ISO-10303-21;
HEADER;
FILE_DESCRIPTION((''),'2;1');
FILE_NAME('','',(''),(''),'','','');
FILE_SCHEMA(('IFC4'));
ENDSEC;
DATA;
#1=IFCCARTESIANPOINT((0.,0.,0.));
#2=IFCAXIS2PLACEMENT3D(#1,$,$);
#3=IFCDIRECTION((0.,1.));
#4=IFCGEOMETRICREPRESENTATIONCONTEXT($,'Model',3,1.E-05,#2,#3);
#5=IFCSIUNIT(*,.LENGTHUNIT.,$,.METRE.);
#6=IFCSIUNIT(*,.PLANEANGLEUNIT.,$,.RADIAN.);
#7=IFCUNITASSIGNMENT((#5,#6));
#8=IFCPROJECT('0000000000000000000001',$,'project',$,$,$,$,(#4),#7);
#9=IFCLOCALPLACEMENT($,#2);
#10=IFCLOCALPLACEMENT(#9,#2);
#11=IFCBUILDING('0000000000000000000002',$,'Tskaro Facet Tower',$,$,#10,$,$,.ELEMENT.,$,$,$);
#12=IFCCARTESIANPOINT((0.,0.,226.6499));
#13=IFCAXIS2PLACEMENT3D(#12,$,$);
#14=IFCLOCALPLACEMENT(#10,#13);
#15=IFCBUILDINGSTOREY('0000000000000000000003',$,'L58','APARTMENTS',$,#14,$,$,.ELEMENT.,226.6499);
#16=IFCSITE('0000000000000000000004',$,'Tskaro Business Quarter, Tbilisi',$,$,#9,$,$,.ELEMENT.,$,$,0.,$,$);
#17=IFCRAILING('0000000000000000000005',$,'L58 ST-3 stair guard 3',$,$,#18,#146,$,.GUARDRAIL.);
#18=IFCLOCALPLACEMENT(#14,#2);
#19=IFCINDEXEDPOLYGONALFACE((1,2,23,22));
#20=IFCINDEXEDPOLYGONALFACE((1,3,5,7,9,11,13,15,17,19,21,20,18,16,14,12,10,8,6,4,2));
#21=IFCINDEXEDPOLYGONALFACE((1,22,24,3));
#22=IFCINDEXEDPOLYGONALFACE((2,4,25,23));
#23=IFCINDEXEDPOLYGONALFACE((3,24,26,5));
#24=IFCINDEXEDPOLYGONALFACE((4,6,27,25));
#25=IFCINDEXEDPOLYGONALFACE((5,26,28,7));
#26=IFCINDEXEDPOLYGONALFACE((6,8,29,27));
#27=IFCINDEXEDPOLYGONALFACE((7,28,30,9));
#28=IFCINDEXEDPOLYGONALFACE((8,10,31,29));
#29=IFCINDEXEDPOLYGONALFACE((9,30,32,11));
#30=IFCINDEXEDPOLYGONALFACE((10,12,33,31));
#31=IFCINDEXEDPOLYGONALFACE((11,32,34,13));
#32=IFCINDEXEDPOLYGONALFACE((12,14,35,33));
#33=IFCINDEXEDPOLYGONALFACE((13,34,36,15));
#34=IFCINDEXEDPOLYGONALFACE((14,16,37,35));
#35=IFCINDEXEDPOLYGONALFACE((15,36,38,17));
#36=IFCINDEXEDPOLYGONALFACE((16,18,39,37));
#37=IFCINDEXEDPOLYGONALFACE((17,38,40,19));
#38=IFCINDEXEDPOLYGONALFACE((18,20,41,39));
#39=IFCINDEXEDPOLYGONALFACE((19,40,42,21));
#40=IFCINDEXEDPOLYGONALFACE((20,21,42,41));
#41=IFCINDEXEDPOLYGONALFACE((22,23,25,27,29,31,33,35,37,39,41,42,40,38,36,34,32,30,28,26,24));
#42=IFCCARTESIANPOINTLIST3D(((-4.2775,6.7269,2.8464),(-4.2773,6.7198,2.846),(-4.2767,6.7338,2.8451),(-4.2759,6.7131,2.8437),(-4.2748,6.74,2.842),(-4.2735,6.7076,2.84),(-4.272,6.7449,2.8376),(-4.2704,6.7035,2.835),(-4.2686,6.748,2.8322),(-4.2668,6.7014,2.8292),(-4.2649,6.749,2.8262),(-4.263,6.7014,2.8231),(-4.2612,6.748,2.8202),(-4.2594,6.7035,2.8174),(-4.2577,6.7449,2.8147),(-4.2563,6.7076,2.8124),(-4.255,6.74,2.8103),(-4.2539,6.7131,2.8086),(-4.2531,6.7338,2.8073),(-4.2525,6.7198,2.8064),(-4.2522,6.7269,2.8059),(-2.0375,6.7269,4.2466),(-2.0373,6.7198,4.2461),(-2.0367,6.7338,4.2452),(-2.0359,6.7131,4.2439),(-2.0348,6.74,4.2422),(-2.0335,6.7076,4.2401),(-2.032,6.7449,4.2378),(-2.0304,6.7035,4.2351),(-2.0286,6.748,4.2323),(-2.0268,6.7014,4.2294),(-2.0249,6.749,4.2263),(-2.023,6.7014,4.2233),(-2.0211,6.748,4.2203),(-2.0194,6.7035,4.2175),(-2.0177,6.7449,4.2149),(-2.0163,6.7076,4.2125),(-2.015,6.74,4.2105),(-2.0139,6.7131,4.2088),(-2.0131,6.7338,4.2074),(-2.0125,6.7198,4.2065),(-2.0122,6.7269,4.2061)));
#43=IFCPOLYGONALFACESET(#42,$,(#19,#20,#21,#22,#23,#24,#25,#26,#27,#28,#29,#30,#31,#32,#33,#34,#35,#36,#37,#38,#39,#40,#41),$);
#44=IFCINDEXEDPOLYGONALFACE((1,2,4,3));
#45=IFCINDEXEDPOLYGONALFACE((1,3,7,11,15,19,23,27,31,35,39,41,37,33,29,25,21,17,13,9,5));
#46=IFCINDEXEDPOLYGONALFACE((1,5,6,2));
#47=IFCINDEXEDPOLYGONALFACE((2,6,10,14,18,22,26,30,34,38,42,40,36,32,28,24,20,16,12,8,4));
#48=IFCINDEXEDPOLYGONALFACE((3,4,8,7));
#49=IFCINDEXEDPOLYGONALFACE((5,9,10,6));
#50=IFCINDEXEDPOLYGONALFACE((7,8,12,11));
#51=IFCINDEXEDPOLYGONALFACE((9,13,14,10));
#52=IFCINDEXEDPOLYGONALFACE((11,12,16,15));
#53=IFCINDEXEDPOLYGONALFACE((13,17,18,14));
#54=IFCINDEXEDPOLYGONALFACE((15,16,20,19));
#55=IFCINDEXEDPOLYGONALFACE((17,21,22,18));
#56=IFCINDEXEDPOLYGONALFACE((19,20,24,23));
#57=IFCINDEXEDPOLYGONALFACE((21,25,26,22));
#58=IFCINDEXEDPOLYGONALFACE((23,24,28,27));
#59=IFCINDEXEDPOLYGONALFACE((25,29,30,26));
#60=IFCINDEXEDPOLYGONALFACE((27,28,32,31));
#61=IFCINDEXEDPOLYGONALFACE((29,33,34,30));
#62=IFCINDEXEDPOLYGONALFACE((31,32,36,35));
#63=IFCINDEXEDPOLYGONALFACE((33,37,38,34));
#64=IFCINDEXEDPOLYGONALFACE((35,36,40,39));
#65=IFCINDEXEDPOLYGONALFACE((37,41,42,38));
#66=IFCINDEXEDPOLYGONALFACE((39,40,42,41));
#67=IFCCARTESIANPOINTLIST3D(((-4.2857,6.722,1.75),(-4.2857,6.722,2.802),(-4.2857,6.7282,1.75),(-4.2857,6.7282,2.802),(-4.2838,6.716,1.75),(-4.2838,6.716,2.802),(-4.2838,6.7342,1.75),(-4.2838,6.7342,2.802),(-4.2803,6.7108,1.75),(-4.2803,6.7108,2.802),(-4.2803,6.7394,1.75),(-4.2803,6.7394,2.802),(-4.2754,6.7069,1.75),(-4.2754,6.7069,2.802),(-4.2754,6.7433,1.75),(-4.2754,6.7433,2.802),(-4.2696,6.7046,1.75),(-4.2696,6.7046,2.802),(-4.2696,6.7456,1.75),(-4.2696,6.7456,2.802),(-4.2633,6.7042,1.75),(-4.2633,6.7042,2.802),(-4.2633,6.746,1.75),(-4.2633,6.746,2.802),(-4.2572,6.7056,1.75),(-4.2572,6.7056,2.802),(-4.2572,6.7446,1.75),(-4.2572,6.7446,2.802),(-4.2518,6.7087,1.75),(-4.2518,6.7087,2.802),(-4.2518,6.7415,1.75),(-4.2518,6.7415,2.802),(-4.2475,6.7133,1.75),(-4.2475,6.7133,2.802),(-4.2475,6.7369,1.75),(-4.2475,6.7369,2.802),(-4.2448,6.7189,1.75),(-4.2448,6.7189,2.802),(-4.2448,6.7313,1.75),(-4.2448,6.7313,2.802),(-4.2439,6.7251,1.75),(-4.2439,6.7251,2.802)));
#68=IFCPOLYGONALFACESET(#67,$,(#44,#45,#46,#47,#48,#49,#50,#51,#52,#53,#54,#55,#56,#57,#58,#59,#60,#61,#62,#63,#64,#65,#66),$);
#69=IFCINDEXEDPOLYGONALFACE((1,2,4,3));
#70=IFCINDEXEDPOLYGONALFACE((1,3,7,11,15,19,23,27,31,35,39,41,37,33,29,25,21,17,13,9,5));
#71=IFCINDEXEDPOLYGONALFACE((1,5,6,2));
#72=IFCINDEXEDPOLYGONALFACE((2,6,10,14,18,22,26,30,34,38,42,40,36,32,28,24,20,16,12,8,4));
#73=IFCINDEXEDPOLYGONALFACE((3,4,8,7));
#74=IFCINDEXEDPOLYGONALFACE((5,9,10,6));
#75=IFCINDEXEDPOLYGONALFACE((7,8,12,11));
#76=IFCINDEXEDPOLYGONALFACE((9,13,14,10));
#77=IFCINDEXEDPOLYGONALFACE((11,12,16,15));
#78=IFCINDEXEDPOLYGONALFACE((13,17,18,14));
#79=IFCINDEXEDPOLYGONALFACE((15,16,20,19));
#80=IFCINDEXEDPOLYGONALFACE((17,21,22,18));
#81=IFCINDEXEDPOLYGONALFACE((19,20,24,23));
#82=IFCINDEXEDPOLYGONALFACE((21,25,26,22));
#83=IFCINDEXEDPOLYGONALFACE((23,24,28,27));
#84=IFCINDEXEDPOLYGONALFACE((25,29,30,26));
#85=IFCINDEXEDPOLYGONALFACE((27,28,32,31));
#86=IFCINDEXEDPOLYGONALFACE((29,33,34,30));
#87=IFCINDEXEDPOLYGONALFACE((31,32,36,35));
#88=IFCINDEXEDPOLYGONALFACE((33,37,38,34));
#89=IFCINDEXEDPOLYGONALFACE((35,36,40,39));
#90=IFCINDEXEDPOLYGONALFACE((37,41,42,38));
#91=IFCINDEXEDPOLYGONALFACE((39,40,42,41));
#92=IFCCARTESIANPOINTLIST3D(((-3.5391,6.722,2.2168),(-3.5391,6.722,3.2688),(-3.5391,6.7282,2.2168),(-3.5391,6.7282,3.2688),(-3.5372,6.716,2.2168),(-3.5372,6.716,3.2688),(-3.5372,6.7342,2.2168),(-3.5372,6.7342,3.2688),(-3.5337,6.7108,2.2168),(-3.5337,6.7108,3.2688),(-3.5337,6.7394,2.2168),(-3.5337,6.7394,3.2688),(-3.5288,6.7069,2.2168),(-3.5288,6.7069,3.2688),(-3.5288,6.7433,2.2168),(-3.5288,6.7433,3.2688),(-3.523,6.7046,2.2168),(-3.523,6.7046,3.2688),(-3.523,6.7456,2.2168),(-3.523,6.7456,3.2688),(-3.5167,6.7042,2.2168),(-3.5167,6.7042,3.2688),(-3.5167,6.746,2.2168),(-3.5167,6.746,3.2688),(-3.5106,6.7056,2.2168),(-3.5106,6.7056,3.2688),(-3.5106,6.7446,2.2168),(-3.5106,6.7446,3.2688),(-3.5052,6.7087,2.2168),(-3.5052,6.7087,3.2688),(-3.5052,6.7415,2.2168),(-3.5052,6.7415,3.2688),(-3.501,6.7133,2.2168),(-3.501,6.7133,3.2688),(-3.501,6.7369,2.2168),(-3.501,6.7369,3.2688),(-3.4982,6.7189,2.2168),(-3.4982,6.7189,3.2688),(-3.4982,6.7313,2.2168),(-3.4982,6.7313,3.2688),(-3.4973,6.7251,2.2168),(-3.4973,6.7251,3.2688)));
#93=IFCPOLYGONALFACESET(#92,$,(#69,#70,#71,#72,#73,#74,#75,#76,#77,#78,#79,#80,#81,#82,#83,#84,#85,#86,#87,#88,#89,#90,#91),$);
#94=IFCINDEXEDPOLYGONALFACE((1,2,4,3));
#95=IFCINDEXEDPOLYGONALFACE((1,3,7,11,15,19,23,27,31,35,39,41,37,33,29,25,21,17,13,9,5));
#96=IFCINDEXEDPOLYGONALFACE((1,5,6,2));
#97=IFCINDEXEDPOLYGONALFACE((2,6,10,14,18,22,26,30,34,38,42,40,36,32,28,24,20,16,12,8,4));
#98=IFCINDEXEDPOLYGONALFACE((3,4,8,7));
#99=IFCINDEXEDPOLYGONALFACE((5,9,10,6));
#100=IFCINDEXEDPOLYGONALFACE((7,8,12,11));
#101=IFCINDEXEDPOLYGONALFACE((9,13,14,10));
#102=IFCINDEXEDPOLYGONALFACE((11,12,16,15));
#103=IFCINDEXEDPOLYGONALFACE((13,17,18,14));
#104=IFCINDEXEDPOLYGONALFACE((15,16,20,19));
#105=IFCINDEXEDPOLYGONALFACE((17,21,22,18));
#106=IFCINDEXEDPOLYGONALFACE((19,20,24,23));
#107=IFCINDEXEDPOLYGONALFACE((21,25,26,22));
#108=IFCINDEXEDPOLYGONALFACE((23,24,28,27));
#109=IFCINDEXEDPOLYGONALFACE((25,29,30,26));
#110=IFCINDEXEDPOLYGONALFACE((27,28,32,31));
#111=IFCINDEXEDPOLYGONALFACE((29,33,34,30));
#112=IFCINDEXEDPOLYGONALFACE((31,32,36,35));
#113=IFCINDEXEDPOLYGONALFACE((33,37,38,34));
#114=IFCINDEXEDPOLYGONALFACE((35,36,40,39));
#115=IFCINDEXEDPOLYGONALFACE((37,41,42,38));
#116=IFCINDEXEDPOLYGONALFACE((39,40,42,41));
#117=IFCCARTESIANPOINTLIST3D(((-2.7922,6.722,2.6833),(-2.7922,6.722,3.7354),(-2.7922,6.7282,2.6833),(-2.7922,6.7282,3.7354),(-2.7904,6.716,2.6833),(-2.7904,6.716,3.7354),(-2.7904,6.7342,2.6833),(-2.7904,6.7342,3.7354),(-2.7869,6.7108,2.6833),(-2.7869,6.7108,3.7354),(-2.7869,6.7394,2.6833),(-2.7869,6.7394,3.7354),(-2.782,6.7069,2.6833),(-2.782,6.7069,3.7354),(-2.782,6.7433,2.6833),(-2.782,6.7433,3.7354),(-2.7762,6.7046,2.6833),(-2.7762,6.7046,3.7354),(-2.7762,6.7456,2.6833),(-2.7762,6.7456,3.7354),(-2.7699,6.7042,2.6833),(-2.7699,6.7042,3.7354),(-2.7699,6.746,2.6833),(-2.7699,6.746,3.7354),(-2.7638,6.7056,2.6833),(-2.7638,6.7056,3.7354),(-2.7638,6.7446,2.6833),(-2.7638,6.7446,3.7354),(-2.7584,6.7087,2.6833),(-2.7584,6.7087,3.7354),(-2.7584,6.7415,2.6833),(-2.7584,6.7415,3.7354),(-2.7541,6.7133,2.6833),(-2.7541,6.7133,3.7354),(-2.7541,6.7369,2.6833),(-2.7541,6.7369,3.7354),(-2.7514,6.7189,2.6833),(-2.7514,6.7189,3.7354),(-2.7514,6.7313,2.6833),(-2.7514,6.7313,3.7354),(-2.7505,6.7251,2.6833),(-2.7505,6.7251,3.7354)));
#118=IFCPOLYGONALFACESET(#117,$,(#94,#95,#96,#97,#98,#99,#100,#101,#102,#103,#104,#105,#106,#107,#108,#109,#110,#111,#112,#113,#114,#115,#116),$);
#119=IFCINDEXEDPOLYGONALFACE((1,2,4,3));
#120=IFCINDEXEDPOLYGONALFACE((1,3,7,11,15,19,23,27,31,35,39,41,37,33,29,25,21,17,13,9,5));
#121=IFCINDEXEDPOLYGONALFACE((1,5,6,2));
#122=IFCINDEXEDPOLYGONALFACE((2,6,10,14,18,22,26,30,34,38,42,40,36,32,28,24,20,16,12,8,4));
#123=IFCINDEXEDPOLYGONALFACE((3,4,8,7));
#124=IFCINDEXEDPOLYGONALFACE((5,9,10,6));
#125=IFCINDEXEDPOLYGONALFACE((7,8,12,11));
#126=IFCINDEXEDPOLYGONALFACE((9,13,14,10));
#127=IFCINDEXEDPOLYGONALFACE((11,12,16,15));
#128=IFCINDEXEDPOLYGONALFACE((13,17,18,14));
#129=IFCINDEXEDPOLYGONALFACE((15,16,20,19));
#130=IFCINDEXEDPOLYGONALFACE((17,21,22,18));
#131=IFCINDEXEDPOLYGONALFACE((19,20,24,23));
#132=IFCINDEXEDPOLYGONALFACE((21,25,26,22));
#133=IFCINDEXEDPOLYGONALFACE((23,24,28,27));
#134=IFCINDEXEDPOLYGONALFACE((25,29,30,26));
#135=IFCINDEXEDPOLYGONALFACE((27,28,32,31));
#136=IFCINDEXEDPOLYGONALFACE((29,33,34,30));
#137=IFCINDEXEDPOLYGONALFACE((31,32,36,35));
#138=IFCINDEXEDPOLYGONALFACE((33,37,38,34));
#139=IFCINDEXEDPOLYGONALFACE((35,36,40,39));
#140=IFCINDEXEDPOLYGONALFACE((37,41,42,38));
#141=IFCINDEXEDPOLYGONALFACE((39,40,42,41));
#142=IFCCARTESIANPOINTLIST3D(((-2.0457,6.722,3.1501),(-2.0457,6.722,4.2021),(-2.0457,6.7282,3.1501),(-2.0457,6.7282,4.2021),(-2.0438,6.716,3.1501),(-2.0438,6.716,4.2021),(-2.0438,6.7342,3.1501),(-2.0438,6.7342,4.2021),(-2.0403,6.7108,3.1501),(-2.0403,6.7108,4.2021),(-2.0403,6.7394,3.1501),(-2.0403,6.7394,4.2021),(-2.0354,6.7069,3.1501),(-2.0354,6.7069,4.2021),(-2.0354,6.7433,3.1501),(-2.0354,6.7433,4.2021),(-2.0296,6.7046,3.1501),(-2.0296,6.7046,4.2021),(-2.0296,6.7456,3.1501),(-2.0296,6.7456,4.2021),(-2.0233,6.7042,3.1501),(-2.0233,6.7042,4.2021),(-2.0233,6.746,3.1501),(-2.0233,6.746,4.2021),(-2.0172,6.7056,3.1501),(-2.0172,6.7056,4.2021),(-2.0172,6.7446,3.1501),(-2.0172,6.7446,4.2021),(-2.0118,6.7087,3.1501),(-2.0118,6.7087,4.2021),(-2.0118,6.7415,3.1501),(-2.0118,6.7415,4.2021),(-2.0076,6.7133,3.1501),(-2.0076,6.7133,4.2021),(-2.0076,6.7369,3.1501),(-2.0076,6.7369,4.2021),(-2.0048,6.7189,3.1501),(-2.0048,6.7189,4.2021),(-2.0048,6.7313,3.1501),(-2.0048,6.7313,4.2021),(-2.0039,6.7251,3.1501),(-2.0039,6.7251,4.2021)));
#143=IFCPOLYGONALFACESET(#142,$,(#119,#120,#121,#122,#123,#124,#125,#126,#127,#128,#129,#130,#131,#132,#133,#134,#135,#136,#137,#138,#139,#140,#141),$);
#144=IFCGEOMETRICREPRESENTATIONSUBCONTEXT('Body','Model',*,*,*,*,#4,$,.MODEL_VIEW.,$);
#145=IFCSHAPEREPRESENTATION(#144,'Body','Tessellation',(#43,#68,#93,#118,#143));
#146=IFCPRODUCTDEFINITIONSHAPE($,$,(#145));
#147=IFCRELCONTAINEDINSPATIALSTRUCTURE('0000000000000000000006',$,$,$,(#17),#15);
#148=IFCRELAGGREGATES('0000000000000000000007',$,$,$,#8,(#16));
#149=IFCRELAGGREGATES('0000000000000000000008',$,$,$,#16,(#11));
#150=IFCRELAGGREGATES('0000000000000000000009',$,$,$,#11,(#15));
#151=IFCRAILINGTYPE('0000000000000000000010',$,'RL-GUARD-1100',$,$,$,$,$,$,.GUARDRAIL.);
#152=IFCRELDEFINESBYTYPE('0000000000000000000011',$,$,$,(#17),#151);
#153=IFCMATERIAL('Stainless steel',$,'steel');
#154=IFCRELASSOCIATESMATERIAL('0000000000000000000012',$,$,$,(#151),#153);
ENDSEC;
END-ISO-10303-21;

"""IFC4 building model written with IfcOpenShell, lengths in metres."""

from ifc_helpers import new_model, si_unit, direction, frame, origin, origin_2d, place, context, subcontext, project, spatial, circle, extrude, material, type_object, element, save


model = new_model("IFC4")

# Units and contexts
model_context = context("Model", 3, precision=1e-05, world=origin(), true_north=direction((0.0, 1.0)))
body_context = subcontext(model_context, "Body", "Model", "MODEL_VIEW")
ifc_project = project(units=[si_unit("LENGTHUNIT", "METRE"), si_unit("PLANEANGLEUNIT", "RADIAN")], contexts=[model_context])

# Site, building, storey
site_placement = place(None, origin())
site = spatial("IfcSite", under=ifc_project, at=site_placement, Name="Tskaro Business Quarter, Tbilisi", CompositionType="ELEMENT", RefElevation=0.0)
building_placement = place(site_placement, origin())
building = spatial("IfcBuilding", under=site, at=building_placement, Name="Tskaro Facet Tower", CompositionType="ELEMENT")
storey_placement = place(building_placement, frame((0.0, 0.0, 226.6499)))
storey = spatial("IfcBuildingStorey", under=building, at=storey_placement, Name="L58", Description="APARTMENTS", CompositionType="ELEMENT", Elevation=226.6499)

# Railing
ifc_material_1 = material(Name="Stainless steel", Category="steel")
railing_type_1 = type_object("IfcRailingType", Name="RL-GUARD-1100", PredefinedType="GUARDRAIL", material=ifc_material_1)
railing_1_placement = place(storey_placement, frame((-4.2649, 6.7251, 1.75)))
element("IfcRailing", 1, at=railing_1_placement, inside=storey, type_object=railing_type_1, Name="L58 ST-3 stair guard 3", PredefinedType="GUARDRAIL", context=body_context, shape_type="SweptSolid", body=[
    extrude(circle(Radius=0.0239, at=origin_2d()), frame((0.0, 0.0, 1.0762), z_axis=(0.847972, 0.0, 0.53004), x_axis=(0.0, 1.0, 0.0)), (0.0, 0.0, 1.0), 2.6416),
    extrude(circle(Radius=0.021, at=origin_2d()), origin(), (0.0, 0.0, 1.0), 1.052),
    extrude(circle(Radius=0.021, at=origin_2d()), frame((0.7466, 0.0, 0.4668)), (0.0, 0.0, 1.0), 1.052),
    extrude(circle(Radius=0.021, at=origin_2d()), frame((1.4934, 0.0, 0.9333)), (0.0, 0.0, 1.0), 1.052),
    extrude(circle(Radius=0.021, at=origin_2d()), frame((2.24, 0.0, 1.4001)), (0.0, 0.0, 1.0), 1.052),
])

save(model, "model.ifc")
